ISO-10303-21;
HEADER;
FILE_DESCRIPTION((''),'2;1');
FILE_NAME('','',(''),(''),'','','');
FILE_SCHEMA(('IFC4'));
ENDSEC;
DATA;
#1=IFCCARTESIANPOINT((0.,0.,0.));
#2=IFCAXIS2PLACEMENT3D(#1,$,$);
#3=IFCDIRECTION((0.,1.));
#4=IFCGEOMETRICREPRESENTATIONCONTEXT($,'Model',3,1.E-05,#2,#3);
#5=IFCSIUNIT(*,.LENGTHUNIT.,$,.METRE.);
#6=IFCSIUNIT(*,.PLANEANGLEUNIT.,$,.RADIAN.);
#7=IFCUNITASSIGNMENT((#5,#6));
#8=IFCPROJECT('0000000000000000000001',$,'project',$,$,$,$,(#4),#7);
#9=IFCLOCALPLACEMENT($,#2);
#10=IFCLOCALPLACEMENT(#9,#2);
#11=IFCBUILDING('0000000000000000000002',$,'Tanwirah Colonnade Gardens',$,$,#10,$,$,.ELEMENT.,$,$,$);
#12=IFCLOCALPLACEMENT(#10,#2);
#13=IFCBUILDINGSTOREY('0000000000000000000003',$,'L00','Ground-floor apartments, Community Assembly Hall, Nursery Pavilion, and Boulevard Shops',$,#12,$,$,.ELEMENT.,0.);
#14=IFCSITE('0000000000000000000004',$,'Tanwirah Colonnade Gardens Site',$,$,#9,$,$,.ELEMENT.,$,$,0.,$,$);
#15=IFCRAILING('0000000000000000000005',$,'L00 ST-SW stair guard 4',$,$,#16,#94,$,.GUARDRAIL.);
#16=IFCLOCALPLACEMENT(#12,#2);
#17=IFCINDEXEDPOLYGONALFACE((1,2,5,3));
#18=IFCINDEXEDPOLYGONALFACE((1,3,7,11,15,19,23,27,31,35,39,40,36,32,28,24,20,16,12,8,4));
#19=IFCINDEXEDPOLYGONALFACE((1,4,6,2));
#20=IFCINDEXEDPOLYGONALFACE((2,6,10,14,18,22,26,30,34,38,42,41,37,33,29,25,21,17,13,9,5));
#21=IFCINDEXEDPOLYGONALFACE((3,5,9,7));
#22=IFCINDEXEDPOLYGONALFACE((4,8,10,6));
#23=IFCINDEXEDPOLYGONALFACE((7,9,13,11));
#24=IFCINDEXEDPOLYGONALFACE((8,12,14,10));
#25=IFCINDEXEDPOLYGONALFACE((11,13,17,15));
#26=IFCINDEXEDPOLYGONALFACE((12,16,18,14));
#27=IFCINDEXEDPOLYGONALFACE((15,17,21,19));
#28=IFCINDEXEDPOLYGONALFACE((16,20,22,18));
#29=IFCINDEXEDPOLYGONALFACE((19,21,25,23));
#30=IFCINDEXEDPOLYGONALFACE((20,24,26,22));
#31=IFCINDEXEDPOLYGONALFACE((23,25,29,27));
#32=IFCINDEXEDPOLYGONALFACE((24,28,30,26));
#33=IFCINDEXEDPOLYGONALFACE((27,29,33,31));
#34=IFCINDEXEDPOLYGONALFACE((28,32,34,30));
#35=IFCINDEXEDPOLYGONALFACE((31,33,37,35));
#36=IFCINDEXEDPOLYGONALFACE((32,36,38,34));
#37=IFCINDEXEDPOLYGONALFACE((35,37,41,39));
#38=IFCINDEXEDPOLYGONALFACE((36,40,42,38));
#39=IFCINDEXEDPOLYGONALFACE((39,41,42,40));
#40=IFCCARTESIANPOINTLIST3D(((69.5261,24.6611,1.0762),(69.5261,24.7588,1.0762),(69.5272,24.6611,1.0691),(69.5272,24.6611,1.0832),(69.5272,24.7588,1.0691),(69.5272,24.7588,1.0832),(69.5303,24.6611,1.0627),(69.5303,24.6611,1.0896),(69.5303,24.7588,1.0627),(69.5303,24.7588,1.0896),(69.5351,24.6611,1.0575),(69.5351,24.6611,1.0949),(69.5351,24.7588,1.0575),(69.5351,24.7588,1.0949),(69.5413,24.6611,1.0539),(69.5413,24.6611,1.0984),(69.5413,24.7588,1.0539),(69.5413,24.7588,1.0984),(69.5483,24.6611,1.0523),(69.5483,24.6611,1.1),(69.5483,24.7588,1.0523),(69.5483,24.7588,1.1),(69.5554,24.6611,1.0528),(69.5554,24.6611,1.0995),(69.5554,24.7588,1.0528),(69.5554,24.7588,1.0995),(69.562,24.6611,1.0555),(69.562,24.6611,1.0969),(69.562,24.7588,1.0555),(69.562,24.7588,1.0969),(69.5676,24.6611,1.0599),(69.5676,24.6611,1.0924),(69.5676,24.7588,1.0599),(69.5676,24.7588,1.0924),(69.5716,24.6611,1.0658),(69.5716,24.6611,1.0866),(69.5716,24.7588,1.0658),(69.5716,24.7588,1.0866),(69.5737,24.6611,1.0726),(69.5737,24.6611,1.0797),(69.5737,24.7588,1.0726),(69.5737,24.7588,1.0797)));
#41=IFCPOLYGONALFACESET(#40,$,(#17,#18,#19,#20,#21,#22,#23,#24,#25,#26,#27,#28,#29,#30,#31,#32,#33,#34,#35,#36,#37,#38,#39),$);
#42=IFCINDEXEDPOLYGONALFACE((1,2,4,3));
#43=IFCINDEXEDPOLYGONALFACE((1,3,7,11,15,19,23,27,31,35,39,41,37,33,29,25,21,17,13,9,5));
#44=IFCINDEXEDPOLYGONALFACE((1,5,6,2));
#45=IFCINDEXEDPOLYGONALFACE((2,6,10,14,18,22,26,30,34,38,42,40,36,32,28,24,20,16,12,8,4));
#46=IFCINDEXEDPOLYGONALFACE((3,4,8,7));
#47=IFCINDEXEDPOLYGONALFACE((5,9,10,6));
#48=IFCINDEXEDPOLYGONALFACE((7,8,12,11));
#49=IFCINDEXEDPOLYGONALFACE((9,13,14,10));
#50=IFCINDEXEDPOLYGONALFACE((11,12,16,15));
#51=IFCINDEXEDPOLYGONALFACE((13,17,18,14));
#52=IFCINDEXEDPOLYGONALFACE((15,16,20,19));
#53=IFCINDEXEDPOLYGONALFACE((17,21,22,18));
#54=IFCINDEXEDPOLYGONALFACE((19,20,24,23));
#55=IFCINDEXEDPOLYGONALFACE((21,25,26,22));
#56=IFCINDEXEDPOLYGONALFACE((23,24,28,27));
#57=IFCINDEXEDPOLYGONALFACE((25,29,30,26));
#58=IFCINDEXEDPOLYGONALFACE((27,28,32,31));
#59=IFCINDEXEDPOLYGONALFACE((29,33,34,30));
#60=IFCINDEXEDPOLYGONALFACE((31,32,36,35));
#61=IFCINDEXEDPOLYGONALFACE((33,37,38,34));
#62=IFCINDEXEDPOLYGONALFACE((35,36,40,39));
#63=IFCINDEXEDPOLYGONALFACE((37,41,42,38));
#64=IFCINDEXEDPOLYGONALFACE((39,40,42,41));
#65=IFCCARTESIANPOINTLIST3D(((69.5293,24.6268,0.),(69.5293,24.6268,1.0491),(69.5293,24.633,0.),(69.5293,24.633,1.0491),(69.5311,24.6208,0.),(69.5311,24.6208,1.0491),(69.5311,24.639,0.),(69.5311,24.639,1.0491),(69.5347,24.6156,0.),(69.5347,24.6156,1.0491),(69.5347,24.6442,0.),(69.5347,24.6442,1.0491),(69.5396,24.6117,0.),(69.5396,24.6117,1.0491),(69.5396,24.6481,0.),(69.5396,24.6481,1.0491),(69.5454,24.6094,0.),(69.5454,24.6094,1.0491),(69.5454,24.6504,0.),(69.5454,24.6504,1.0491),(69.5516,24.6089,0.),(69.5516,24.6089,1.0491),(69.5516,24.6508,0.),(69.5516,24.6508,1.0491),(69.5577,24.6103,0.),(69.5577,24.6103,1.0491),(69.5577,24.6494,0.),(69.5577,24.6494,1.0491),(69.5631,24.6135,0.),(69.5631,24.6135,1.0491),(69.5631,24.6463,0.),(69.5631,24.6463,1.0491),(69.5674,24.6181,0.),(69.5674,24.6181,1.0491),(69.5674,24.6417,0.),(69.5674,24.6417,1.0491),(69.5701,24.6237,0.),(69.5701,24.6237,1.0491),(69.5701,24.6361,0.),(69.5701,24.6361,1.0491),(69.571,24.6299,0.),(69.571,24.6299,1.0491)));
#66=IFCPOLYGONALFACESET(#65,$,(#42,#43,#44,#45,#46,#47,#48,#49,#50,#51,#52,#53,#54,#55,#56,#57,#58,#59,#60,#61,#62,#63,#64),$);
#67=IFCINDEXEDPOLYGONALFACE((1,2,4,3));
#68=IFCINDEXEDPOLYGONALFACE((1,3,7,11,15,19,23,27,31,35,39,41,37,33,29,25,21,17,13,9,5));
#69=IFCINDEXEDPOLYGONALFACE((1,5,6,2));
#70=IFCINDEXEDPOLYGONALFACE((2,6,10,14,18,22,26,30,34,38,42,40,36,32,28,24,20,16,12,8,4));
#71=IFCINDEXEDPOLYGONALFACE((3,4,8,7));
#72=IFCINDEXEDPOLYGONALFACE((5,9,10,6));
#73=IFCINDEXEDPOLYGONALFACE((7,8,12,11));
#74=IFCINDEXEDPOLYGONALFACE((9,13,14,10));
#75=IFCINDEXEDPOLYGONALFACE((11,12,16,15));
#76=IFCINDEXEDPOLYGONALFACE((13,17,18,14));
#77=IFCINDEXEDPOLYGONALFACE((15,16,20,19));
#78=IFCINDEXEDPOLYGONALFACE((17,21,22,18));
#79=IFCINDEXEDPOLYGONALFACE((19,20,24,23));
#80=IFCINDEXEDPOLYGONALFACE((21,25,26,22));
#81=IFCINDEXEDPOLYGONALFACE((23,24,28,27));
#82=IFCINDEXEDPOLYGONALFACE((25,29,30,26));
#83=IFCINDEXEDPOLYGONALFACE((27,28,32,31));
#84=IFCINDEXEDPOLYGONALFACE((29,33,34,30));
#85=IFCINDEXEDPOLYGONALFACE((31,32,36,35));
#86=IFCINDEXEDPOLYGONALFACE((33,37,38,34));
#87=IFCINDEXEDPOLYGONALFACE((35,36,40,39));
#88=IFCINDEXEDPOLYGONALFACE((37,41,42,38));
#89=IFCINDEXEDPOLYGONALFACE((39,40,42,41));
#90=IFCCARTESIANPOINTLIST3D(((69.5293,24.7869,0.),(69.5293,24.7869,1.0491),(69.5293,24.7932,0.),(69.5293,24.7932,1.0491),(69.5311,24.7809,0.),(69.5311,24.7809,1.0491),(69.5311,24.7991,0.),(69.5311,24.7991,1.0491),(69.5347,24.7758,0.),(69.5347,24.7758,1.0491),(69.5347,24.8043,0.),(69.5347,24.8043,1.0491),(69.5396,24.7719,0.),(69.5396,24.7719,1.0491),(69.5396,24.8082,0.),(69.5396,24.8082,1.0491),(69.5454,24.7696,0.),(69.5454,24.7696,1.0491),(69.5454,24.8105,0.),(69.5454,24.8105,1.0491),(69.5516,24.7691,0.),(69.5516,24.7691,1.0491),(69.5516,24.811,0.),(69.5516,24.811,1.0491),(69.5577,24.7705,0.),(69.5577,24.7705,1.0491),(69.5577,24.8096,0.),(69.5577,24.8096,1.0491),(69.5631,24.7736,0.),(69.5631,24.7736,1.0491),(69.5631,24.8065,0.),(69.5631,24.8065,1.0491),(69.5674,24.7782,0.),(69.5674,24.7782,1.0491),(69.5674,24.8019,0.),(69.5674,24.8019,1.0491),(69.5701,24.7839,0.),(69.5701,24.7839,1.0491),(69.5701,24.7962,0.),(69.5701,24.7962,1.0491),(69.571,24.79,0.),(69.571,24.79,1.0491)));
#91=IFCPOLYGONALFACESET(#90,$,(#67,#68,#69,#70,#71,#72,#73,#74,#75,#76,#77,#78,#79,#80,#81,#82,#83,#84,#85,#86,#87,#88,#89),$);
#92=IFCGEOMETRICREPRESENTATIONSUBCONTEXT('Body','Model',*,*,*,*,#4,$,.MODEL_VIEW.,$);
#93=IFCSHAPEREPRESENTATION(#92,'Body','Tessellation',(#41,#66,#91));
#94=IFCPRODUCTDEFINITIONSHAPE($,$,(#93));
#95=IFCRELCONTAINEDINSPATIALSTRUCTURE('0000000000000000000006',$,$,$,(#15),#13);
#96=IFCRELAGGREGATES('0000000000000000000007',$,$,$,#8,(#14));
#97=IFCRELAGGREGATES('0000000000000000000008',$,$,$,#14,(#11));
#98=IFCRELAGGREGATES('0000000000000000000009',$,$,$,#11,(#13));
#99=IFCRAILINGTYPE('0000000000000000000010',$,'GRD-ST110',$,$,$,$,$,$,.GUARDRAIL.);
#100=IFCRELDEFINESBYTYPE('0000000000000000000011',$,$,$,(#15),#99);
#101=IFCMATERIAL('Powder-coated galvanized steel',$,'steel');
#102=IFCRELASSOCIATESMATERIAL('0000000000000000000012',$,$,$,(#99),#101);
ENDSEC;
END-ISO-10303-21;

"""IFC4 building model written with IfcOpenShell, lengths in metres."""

from ifc_helpers import new_model, si_unit, direction, frame, origin, origin_2d, place, context, subcontext, project, spatial, circle, extrude, material, type_object, element, save


model = new_model("IFC4")

# Units and contexts
model_context = context("Model", 3, precision=1e-05, world=origin(), true_north=direction((0.0, 1.0)))
body_context = subcontext(model_context, "Body", "Model", "MODEL_VIEW")
ifc_project = project(units=[si_unit("LENGTHUNIT", "METRE"), si_unit("PLANEANGLEUNIT", "RADIAN")], contexts=[model_context])

# Site, building, storey
site_placement = place(None, origin())
site = spatial("IfcSite", under=ifc_project, at=site_placement, Name="Tanwirah Colonnade Gardens Site", CompositionType="ELEMENT", RefElevation=0.0)
building_placement = place(site_placement, origin())
building = spatial("IfcBuilding", under=site, at=building_placement, Name="Tanwirah Colonnade Gardens", CompositionType="ELEMENT")
storey_placement = place(building_placement, origin())
storey = spatial("IfcBuildingStorey", under=building, at=storey_placement, Name="L00", Description="Ground-floor apartments, Community Assembly Hall, Nursery Pavilion, and Boulevard Shops", CompositionType="ELEMENT", Elevation=0.0)

# Railing
ifc_material_1 = material(Name="Powder-coated galvanized steel", Category="steel")
railing_type_1 = type_object("IfcRailingType", Name="GRD-ST110", PredefinedType="GUARDRAIL", material=ifc_material_1)
railing_1_placement = place(storey_placement, frame((69.55, 24.6299, 0.0)))
element("IfcRailing", 1, at=railing_1_placement, inside=storey, type_object=railing_type_1, Name="L00 ST-SW stair guard 4", PredefinedType="GUARDRAIL", context=body_context, shape_type="SweptSolid", body=[
    extrude(circle(Radius=0.0239, at=origin_2d()), frame((0.0, 0.0312, 1.0762), z_axis=(0.0, 1.0, 0.0), x_axis=(-1.0, 0.0, 0.0)), (0.0, 0.0, 1.0), 0.0977),
    extrude(circle(Radius=0.021, at=origin_2d()), origin(), (0.0, 0.0, 1.0), 1.0491),
    extrude(circle(Radius=0.021, at=origin_2d()), frame((0.0, 0.1602, 0.0)), (0.0, 0.0, 1.0), 1.0491),
])

save(model, "model.ifc")
